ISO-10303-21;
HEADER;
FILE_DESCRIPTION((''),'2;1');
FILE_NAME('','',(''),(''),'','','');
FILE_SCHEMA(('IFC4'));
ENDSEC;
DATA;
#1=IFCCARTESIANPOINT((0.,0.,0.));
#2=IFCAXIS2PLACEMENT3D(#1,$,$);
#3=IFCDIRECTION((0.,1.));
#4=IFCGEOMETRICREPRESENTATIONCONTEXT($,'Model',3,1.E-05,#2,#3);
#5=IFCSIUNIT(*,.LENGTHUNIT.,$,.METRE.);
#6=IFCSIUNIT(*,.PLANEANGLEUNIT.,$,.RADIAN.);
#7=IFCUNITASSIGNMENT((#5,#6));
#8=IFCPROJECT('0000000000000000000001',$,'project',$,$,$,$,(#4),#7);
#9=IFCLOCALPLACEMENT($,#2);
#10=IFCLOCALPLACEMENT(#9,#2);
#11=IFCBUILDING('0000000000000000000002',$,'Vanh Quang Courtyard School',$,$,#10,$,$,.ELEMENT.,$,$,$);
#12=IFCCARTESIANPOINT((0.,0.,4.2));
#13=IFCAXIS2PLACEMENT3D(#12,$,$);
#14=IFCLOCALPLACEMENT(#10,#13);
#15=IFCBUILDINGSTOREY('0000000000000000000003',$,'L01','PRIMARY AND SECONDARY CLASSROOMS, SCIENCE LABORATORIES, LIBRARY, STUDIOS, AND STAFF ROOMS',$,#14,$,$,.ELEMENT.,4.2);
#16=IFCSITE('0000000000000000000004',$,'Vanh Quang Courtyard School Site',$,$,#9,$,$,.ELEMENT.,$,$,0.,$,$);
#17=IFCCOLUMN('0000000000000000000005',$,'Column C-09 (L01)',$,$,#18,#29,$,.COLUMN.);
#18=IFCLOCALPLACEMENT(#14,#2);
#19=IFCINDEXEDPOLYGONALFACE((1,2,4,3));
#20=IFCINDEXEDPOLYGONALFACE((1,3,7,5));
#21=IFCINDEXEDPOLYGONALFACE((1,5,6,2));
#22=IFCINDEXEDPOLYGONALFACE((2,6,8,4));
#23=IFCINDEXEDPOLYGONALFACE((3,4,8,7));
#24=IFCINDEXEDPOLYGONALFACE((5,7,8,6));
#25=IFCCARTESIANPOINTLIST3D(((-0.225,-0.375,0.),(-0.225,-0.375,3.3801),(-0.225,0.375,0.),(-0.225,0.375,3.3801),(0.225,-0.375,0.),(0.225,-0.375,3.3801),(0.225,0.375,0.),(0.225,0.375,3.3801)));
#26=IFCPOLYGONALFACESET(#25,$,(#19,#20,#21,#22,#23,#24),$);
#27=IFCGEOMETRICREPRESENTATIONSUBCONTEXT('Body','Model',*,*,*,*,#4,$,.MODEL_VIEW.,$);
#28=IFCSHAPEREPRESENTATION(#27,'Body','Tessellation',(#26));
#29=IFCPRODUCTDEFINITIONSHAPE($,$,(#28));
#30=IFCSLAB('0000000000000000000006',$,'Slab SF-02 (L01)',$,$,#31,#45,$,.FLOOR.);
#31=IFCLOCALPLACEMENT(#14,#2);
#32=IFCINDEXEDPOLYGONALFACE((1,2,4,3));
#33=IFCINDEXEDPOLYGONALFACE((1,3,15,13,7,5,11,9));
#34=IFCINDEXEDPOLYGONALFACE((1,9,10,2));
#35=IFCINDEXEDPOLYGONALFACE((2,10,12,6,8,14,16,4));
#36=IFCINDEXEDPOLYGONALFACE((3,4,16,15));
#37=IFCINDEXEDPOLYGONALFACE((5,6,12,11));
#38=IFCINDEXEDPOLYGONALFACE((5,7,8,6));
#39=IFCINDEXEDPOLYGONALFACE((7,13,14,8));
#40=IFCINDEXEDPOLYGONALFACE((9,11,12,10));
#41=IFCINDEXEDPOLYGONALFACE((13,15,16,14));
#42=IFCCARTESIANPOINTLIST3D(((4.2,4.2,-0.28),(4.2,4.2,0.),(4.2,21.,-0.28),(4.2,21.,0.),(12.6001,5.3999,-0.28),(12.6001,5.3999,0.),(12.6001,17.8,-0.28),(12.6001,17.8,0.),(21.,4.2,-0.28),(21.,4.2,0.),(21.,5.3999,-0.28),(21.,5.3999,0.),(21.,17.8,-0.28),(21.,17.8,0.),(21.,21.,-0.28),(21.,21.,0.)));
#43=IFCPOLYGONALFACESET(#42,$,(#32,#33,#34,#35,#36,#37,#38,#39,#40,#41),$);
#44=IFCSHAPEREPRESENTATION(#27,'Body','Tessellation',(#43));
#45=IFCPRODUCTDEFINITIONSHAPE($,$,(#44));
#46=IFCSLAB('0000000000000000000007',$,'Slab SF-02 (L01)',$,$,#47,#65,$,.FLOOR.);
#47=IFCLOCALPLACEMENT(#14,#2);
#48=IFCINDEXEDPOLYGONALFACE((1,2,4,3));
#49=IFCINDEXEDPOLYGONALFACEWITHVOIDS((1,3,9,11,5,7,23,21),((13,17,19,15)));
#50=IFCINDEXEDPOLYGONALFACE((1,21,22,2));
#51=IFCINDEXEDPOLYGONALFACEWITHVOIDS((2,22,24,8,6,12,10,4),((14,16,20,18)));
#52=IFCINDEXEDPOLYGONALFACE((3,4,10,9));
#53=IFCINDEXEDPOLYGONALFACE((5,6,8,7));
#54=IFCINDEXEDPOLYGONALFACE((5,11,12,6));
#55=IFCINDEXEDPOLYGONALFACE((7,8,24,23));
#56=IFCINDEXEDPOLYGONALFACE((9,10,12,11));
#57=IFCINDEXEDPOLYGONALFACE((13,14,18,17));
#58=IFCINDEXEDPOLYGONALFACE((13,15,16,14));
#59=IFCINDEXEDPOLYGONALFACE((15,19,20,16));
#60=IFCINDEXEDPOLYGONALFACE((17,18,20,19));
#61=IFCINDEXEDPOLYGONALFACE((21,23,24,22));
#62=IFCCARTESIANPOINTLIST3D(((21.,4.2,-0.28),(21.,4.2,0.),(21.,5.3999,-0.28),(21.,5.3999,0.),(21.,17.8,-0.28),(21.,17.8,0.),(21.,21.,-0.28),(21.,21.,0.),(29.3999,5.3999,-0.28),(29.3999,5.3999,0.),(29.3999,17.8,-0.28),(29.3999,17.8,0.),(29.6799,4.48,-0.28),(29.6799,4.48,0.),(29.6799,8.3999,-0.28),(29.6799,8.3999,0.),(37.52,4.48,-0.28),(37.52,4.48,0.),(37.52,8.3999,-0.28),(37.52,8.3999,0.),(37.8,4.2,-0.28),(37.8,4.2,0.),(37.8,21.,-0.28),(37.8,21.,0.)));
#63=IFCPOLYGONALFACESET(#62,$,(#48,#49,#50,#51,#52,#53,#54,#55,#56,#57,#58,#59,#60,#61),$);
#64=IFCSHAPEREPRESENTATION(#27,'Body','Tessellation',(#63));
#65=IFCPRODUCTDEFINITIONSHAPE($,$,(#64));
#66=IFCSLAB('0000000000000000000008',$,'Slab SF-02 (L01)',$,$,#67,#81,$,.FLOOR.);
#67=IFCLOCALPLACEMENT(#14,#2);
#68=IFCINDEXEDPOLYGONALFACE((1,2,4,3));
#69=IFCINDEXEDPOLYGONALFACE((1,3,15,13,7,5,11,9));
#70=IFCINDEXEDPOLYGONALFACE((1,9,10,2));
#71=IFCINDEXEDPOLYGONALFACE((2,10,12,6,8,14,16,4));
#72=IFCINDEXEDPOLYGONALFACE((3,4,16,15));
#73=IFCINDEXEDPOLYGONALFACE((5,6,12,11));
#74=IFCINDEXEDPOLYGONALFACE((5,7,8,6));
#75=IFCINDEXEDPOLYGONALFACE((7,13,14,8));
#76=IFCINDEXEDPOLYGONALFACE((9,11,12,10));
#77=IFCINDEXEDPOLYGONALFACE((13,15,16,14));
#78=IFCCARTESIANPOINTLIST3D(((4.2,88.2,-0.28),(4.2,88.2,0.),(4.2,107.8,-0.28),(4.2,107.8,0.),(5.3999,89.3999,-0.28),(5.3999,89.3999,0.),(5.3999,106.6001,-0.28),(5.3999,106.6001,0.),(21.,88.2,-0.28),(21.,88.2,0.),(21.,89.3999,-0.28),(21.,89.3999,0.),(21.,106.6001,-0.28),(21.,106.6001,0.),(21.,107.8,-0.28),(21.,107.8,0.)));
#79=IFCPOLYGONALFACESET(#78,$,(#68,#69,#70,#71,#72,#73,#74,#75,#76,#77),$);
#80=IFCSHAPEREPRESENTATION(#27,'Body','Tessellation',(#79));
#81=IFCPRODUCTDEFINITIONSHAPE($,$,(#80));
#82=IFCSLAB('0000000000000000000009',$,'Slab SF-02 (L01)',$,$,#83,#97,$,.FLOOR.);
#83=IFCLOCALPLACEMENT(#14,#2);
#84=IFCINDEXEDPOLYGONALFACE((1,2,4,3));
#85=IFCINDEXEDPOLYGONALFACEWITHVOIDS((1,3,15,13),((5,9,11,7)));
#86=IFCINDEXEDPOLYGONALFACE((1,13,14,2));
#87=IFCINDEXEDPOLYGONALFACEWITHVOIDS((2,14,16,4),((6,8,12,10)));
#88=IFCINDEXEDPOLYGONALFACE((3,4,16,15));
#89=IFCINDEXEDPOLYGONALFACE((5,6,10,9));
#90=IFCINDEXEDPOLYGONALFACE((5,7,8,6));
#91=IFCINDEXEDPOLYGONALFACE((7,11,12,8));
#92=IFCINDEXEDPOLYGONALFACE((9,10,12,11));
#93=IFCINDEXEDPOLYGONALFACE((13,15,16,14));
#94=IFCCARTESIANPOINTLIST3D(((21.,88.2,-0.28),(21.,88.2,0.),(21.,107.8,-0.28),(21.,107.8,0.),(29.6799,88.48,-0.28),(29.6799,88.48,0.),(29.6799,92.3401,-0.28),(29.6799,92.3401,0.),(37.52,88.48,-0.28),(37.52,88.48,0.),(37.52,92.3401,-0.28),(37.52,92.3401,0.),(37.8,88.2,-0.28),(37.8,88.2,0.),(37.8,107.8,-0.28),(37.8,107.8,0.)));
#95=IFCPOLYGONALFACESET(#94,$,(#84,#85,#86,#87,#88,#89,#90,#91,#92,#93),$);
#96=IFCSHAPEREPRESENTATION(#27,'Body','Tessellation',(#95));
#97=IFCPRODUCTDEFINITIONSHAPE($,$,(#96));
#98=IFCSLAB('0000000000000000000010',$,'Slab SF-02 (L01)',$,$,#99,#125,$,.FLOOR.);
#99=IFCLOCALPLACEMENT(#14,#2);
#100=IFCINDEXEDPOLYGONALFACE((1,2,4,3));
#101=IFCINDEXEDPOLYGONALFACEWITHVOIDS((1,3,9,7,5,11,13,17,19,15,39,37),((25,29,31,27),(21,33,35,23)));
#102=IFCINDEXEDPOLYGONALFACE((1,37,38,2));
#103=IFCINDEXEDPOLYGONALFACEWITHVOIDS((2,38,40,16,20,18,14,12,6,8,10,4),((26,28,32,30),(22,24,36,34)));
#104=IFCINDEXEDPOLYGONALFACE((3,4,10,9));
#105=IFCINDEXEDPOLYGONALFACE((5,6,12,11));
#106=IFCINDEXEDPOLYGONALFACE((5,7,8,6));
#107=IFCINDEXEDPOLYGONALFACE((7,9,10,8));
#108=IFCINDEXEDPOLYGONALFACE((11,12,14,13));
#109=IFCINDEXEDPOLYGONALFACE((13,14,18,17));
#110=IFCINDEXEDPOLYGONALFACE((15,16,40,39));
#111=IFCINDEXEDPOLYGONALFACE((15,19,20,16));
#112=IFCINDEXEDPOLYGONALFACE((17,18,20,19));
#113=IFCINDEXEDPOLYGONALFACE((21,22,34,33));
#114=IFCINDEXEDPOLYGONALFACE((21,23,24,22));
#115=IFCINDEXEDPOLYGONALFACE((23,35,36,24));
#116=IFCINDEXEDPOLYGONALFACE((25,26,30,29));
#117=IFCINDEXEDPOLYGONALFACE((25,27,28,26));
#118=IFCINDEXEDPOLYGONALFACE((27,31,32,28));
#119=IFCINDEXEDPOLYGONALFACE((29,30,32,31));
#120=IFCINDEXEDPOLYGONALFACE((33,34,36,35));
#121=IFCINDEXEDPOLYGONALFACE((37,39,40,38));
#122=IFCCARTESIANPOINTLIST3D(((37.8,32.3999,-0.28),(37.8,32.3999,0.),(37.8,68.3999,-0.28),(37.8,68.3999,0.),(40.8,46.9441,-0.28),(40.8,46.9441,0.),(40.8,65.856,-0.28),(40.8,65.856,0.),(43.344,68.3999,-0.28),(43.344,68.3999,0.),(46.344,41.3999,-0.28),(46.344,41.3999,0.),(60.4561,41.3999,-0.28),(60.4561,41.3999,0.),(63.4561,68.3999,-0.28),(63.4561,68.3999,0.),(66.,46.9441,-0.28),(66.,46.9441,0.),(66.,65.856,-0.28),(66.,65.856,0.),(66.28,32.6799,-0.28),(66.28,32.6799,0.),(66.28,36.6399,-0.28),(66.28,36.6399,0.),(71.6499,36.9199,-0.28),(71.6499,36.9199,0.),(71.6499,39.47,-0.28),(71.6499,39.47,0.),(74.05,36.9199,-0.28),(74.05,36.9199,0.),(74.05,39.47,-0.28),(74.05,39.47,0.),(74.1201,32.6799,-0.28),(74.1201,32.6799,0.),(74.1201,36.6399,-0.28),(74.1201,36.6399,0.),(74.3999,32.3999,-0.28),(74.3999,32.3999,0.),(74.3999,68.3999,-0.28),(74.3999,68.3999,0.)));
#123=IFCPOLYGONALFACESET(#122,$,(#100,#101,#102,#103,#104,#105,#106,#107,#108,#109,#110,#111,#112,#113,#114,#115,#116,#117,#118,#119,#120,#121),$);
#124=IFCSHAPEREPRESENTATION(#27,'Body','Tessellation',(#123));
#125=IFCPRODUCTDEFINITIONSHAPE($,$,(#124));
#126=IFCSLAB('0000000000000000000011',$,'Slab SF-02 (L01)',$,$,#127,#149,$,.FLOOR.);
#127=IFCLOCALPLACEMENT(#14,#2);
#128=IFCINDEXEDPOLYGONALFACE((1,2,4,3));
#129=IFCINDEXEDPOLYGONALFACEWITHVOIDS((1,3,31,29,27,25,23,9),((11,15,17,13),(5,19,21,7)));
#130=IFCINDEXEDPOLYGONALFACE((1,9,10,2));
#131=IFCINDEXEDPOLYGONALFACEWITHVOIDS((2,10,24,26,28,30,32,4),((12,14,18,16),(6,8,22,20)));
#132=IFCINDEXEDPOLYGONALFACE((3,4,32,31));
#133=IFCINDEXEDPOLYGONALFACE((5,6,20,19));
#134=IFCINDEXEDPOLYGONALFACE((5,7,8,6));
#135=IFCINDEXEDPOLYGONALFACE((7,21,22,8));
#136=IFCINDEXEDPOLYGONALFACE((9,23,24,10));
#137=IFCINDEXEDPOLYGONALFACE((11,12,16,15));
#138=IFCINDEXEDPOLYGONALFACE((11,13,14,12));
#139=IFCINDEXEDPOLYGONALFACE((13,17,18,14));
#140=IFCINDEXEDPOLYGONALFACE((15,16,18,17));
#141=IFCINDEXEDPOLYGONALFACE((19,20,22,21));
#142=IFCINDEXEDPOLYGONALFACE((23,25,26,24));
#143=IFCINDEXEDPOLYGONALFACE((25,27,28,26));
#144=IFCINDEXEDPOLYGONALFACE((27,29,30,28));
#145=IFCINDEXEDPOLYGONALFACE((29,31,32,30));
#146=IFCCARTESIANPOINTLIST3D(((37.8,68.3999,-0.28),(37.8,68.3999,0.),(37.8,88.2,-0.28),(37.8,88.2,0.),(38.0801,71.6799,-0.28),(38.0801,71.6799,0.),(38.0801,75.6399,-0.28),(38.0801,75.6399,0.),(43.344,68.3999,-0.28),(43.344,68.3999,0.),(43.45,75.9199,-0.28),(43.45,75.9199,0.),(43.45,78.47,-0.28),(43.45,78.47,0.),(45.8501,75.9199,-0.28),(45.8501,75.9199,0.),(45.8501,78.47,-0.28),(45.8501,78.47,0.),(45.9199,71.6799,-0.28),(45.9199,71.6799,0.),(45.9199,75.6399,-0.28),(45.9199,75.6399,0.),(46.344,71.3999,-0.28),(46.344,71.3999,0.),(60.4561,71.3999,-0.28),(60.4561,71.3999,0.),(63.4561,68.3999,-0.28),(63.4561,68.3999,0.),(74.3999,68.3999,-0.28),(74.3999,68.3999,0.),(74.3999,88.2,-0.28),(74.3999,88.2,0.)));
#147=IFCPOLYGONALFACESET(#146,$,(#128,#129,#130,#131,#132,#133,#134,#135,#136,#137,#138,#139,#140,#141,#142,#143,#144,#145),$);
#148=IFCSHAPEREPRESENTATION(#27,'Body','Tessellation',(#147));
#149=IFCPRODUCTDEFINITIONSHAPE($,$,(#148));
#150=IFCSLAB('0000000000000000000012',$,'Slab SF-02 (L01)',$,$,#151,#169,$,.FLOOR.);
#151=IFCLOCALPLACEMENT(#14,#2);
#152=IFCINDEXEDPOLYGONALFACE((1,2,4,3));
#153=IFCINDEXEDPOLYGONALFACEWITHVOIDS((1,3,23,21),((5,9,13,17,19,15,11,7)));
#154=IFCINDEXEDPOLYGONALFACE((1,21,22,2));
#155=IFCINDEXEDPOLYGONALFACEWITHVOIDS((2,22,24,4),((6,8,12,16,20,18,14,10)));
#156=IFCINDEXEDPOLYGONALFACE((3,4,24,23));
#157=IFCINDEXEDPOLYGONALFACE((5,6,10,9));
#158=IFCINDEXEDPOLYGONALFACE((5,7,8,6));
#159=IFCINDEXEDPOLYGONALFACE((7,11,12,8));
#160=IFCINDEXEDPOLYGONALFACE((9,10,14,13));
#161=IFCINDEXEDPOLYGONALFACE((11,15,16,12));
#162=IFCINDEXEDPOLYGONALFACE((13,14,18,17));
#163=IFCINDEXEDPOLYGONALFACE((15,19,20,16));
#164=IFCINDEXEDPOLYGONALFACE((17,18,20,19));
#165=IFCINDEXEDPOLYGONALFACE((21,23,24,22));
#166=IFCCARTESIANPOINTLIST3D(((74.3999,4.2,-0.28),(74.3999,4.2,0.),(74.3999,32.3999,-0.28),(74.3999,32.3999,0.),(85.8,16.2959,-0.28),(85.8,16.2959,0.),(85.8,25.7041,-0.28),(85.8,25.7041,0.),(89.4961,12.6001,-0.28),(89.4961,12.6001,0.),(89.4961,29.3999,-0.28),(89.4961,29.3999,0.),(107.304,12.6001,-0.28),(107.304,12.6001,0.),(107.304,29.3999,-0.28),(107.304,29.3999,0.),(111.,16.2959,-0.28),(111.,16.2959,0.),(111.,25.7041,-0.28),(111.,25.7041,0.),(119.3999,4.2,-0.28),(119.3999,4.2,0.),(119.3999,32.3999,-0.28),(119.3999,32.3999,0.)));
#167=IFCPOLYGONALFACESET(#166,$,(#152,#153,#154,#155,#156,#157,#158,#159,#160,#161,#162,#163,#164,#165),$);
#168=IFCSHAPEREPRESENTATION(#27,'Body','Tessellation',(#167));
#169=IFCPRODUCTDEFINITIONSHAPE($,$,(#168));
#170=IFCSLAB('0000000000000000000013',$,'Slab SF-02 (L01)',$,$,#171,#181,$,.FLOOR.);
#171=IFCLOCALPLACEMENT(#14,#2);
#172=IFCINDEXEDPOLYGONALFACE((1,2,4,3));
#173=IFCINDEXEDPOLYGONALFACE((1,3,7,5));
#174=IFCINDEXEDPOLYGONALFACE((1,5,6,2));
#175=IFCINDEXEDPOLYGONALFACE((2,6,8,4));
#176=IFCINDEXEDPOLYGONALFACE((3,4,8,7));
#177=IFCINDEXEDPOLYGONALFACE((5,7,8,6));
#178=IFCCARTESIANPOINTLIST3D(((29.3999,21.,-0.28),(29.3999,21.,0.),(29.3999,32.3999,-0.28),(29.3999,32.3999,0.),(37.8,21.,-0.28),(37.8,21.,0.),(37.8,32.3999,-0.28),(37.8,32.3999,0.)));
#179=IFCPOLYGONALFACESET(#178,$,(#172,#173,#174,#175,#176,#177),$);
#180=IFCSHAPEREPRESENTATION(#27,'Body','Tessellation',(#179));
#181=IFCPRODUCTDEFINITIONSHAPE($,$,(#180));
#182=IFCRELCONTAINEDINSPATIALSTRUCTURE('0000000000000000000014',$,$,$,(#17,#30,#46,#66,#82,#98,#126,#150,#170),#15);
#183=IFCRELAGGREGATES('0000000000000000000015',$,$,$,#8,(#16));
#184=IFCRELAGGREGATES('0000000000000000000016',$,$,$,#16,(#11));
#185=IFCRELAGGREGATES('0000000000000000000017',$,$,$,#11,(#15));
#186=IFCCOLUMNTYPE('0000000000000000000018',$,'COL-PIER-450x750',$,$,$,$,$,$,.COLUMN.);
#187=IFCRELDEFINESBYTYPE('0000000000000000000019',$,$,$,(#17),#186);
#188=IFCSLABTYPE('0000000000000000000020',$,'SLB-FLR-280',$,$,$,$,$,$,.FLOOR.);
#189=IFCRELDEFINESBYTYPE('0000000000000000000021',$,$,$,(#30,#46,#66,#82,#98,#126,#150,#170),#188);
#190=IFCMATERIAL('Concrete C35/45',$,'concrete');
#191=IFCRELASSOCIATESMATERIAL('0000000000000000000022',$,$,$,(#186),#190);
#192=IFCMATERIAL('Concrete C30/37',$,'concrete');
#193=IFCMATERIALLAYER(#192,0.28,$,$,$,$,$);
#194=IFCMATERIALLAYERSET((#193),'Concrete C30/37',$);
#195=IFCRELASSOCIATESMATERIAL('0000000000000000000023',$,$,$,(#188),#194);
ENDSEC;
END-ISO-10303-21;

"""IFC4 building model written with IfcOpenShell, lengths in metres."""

from ifc_helpers import new_model, si_unit, direction, frame, origin, origin_with_axes, origin_2d, place, context, subcontext, project, spatial, polyline, rectangle, outline, extrude, material, layer, layer_set, material_profile, profile_set, type_object, element, save


model = new_model("IFC4")

# Units and contexts
model_context = context("Model", 3, precision=1e-05, world=origin(), true_north=direction((0.0, 1.0)))
body_context = subcontext(model_context, "Body", "Model", "MODEL_VIEW")
ifc_project = project(units=[si_unit("LENGTHUNIT", "METRE"), si_unit("PLANEANGLEUNIT", "RADIAN")], contexts=[model_context])

# Site, building, storey
site_placement = place(None, origin())
site = spatial("IfcSite", under=ifc_project, at=site_placement, Name="Vanh Quang Courtyard School Site", CompositionType="ELEMENT", RefElevation=0.0)
building_placement = place(site_placement, origin())
building = spatial("IfcBuilding", under=site, at=building_placement, Name="Vanh Quang Courtyard School", CompositionType="ELEMENT")
storey_placement = place(building_placement, frame((0.0, 0.0, 4.2)))
storey = spatial("IfcBuildingStorey", under=building, at=storey_placement, Name="L01", Description="PRIMARY AND SECONDARY CLASSROOMS, SCIENCE LABORATORIES, LIBRARY, STUDIOS, AND STAFF ROOMS", CompositionType="ELEMENT", Elevation=4.2)

# Column
ifc_material_1 = material(Name="Concrete C35/45", Category="concrete")
ifc_material_profile = material_profile(ifc_material_1, rectangle(XDim=0.45, YDim=0.75, at=origin_2d()), Name="RC-PIER 450x750")
ifc_profile_set = profile_set([ifc_material_profile], Name="Concrete C35/45")
column_type = type_object("IfcColumnType", Name="COL-PIER-450x750", PredefinedType="COLUMN", material=ifc_profile_set)
column_placement = place(storey_placement, origin_with_axes())
element("IfcColumn", 1, at=column_placement, inside=storey, type_object=column_type, Name="Column C-09 (L01)", PredefinedType="COLUMN", context=body_context, shape_type="SweptSolid", body=[
    extrude(rectangle(XDim=0.45, YDim=0.75, at=origin_2d()), origin(), (0.0, 0.0, 1.0), 3.3801),
])

# Slabs
ifc_material_2 = material(Name="Concrete C30/37", Category="concrete")
ifc_layer_1 = layer(ifc_material_2, 0.28)
ifc_layer_set_1 = layer_set([ifc_layer_1], Name="Concrete C30/37")
slab_type_1 = type_object("IfcSlabType", Name="SLB-FLR-280", PredefinedType="FLOOR", material=ifc_layer_set_1)
slab_1_placement = place(storey_placement, frame((0.0, 0.0, -0.28)))
element("IfcSlab", 2, at=slab_1_placement, inside=storey, type_object=slab_type_1, Name="Slab SF-02 (L01)", PredefinedType="FLOOR", context=body_context, shape_type="SweptSolid", body=[
    extrude(outline(polyline([(21.0, 5.3999), (12.6001, 5.3999), (12.6001, 17.8), (21.0, 17.8), (21.0, 21.0), (4.2, 21.0), (4.2, 4.2), (21.0, 4.2), (21.0, 5.3999)])), origin(), (0.0, 0.0, 1.0), 0.28),
])
slab_2_placement = place(storey_placement, frame((0.0, 0.0, -0.28)))
element("IfcSlab", 3, at=slab_2_placement, inside=storey, type_object=slab_type_1, Name="Slab SF-02 (L01)", PredefinedType="FLOOR", context=body_context, shape_type="SweptSolid", body=[
    extrude(outline(polyline([(21.0, 17.8), (29.3999, 17.8), (29.3999, 5.3999), (21.0, 5.3999), (21.0, 4.2), (37.8, 4.2), (37.8, 21.0), (21.0, 21.0), (21.0, 17.8)]), holes=[polyline([(37.52, 4.48), (29.6799, 4.48), (29.6799, 8.3999), (37.52, 8.3999), (37.52, 4.48)])]), origin(), (0.0, 0.0, 1.0), 0.28),
])
slab_3_placement = place(storey_placement, frame((0.0, 0.0, -0.28)))
element("IfcSlab", 4, at=slab_3_placement, inside=storey, type_object=slab_type_1, Name="Slab SF-02 (L01)", PredefinedType="FLOOR", context=body_context, shape_type="SweptSolid", body=[
    extrude(outline(polyline([(21.0, 89.3999), (5.3999, 89.3999), (5.3999, 106.6001), (21.0, 106.6001), (21.0, 107.8), (4.2, 107.8), (4.2, 88.2), (21.0, 88.2), (21.0, 89.3999)])), origin(), (0.0, 0.0, 1.0), 0.28),
])
slab_4_placement = place(storey_placement, frame((0.0, 0.0, -0.28)))
element("IfcSlab", 5, at=slab_4_placement, inside=storey, type_object=slab_type_1, Name="Slab SF-02 (L01)", PredefinedType="FLOOR", context=body_context, shape_type="SweptSolid", body=[
    extrude(outline(polyline([(21.0, 88.2), (37.8, 88.2), (37.8, 107.8), (21.0, 107.8), (21.0, 88.2)]), holes=[polyline([(29.6799, 88.48), (29.6799, 92.3401), (37.52, 92.3401), (37.52, 88.48), (29.6799, 88.48)])]), origin(), (0.0, 0.0, 1.0), 0.28),
])
slab_5_placement = place(storey_placement, frame((0.0, 0.0, -0.28)))
element("IfcSlab", 6, at=slab_5_placement, inside=storey, type_object=slab_type_1, Name="Slab SF-02 (L01)", PredefinedType="FLOOR", context=body_context, shape_type="SweptSolid", body=[
    extrude(outline(polyline([(63.4561, 68.3999), (66.0, 65.856), (66.0, 46.9441), (60.4561, 41.3999), (46.344, 41.3999), (40.8, 46.9441), (40.8, 65.856), (43.344, 68.3999), (37.8, 68.3999), (37.8, 32.3999), (74.3999, 32.3999), (74.3999, 68.3999), (63.4561, 68.3999)]), holes=[polyline([(74.1201, 32.6799), (66.28, 32.6799), (66.28, 36.6399), (74.1201, 36.6399), (74.1201, 32.6799)]), polyline([(71.6499, 36.9199), (71.6499, 39.47), (74.05, 39.47), (74.05, 36.9199), (71.6499, 36.9199)])]), origin(), (0.0, 0.0, 1.0), 0.28),
])
slab_6_placement = place(storey_placement, frame((0.0, 0.0, -0.28)))
element("IfcSlab", 7, at=slab_6_placement, inside=storey, type_object=slab_type_1, Name="Slab SF-02 (L01)", PredefinedType="FLOOR", context=body_context, shape_type="SweptSolid", body=[
    extrude(outline(polyline([(43.344, 68.3999), (46.344, 71.3999), (60.4561, 71.3999), (63.4561, 68.3999), (74.3999, 68.3999), (74.3999, 88.2), (37.8, 88.2), (37.8, 68.3999), (43.344, 68.3999)]), holes=[polyline([(38.0801, 71.6799), (38.0801, 75.6399), (45.9199, 75.6399), (45.9199, 71.6799), (38.0801, 71.6799)]), polyline([(43.45, 75.9199), (43.45, 78.47), (45.8501, 78.47), (45.8501, 75.9199), (43.45, 75.9199)])]), origin(), (0.0, 0.0, 1.0), 0.28),
])
slab_7_placement = place(storey_placement, frame((0.0, 0.0, -0.28)))
element("IfcSlab", 8, at=slab_7_placement, inside=storey, type_object=slab_type_1, Name="Slab SF-02 (L01)", PredefinedType="FLOOR", context=body_context, shape_type="SweptSolid", body=[
    extrude(outline(polyline([(119.3999, 32.3999), (74.3999, 32.3999), (74.3999, 4.2), (119.3999, 4.2), (119.3999, 32.3999)]), holes=[polyline([(111.0, 25.7041), (111.0, 16.2959), (107.304, 12.6001), (89.4961, 12.6001), (85.8, 16.2959), (85.8, 25.7041), (89.4961, 29.3999), (107.304, 29.3999), (111.0, 25.7041)])]), origin(), (0.0, 0.0, 1.0), 0.28),
])
slab_8_placement = place(storey_placement, frame((0.0, 0.0, -0.28)))
element("IfcSlab", 9, at=slab_8_placement, inside=storey, type_object=slab_type_1, Name="Slab SF-02 (L01)", PredefinedType="FLOOR", context=body_context, shape_type="SweptSolid", body=[
    extrude(outline(polyline([(37.8, 32.3999), (29.3999, 32.3999), (29.3999, 21.0), (37.8, 21.0), (37.8, 32.3999)])), origin(), (0.0, 0.0, 1.0), 0.28),
])

save(model, "model.ifc")
